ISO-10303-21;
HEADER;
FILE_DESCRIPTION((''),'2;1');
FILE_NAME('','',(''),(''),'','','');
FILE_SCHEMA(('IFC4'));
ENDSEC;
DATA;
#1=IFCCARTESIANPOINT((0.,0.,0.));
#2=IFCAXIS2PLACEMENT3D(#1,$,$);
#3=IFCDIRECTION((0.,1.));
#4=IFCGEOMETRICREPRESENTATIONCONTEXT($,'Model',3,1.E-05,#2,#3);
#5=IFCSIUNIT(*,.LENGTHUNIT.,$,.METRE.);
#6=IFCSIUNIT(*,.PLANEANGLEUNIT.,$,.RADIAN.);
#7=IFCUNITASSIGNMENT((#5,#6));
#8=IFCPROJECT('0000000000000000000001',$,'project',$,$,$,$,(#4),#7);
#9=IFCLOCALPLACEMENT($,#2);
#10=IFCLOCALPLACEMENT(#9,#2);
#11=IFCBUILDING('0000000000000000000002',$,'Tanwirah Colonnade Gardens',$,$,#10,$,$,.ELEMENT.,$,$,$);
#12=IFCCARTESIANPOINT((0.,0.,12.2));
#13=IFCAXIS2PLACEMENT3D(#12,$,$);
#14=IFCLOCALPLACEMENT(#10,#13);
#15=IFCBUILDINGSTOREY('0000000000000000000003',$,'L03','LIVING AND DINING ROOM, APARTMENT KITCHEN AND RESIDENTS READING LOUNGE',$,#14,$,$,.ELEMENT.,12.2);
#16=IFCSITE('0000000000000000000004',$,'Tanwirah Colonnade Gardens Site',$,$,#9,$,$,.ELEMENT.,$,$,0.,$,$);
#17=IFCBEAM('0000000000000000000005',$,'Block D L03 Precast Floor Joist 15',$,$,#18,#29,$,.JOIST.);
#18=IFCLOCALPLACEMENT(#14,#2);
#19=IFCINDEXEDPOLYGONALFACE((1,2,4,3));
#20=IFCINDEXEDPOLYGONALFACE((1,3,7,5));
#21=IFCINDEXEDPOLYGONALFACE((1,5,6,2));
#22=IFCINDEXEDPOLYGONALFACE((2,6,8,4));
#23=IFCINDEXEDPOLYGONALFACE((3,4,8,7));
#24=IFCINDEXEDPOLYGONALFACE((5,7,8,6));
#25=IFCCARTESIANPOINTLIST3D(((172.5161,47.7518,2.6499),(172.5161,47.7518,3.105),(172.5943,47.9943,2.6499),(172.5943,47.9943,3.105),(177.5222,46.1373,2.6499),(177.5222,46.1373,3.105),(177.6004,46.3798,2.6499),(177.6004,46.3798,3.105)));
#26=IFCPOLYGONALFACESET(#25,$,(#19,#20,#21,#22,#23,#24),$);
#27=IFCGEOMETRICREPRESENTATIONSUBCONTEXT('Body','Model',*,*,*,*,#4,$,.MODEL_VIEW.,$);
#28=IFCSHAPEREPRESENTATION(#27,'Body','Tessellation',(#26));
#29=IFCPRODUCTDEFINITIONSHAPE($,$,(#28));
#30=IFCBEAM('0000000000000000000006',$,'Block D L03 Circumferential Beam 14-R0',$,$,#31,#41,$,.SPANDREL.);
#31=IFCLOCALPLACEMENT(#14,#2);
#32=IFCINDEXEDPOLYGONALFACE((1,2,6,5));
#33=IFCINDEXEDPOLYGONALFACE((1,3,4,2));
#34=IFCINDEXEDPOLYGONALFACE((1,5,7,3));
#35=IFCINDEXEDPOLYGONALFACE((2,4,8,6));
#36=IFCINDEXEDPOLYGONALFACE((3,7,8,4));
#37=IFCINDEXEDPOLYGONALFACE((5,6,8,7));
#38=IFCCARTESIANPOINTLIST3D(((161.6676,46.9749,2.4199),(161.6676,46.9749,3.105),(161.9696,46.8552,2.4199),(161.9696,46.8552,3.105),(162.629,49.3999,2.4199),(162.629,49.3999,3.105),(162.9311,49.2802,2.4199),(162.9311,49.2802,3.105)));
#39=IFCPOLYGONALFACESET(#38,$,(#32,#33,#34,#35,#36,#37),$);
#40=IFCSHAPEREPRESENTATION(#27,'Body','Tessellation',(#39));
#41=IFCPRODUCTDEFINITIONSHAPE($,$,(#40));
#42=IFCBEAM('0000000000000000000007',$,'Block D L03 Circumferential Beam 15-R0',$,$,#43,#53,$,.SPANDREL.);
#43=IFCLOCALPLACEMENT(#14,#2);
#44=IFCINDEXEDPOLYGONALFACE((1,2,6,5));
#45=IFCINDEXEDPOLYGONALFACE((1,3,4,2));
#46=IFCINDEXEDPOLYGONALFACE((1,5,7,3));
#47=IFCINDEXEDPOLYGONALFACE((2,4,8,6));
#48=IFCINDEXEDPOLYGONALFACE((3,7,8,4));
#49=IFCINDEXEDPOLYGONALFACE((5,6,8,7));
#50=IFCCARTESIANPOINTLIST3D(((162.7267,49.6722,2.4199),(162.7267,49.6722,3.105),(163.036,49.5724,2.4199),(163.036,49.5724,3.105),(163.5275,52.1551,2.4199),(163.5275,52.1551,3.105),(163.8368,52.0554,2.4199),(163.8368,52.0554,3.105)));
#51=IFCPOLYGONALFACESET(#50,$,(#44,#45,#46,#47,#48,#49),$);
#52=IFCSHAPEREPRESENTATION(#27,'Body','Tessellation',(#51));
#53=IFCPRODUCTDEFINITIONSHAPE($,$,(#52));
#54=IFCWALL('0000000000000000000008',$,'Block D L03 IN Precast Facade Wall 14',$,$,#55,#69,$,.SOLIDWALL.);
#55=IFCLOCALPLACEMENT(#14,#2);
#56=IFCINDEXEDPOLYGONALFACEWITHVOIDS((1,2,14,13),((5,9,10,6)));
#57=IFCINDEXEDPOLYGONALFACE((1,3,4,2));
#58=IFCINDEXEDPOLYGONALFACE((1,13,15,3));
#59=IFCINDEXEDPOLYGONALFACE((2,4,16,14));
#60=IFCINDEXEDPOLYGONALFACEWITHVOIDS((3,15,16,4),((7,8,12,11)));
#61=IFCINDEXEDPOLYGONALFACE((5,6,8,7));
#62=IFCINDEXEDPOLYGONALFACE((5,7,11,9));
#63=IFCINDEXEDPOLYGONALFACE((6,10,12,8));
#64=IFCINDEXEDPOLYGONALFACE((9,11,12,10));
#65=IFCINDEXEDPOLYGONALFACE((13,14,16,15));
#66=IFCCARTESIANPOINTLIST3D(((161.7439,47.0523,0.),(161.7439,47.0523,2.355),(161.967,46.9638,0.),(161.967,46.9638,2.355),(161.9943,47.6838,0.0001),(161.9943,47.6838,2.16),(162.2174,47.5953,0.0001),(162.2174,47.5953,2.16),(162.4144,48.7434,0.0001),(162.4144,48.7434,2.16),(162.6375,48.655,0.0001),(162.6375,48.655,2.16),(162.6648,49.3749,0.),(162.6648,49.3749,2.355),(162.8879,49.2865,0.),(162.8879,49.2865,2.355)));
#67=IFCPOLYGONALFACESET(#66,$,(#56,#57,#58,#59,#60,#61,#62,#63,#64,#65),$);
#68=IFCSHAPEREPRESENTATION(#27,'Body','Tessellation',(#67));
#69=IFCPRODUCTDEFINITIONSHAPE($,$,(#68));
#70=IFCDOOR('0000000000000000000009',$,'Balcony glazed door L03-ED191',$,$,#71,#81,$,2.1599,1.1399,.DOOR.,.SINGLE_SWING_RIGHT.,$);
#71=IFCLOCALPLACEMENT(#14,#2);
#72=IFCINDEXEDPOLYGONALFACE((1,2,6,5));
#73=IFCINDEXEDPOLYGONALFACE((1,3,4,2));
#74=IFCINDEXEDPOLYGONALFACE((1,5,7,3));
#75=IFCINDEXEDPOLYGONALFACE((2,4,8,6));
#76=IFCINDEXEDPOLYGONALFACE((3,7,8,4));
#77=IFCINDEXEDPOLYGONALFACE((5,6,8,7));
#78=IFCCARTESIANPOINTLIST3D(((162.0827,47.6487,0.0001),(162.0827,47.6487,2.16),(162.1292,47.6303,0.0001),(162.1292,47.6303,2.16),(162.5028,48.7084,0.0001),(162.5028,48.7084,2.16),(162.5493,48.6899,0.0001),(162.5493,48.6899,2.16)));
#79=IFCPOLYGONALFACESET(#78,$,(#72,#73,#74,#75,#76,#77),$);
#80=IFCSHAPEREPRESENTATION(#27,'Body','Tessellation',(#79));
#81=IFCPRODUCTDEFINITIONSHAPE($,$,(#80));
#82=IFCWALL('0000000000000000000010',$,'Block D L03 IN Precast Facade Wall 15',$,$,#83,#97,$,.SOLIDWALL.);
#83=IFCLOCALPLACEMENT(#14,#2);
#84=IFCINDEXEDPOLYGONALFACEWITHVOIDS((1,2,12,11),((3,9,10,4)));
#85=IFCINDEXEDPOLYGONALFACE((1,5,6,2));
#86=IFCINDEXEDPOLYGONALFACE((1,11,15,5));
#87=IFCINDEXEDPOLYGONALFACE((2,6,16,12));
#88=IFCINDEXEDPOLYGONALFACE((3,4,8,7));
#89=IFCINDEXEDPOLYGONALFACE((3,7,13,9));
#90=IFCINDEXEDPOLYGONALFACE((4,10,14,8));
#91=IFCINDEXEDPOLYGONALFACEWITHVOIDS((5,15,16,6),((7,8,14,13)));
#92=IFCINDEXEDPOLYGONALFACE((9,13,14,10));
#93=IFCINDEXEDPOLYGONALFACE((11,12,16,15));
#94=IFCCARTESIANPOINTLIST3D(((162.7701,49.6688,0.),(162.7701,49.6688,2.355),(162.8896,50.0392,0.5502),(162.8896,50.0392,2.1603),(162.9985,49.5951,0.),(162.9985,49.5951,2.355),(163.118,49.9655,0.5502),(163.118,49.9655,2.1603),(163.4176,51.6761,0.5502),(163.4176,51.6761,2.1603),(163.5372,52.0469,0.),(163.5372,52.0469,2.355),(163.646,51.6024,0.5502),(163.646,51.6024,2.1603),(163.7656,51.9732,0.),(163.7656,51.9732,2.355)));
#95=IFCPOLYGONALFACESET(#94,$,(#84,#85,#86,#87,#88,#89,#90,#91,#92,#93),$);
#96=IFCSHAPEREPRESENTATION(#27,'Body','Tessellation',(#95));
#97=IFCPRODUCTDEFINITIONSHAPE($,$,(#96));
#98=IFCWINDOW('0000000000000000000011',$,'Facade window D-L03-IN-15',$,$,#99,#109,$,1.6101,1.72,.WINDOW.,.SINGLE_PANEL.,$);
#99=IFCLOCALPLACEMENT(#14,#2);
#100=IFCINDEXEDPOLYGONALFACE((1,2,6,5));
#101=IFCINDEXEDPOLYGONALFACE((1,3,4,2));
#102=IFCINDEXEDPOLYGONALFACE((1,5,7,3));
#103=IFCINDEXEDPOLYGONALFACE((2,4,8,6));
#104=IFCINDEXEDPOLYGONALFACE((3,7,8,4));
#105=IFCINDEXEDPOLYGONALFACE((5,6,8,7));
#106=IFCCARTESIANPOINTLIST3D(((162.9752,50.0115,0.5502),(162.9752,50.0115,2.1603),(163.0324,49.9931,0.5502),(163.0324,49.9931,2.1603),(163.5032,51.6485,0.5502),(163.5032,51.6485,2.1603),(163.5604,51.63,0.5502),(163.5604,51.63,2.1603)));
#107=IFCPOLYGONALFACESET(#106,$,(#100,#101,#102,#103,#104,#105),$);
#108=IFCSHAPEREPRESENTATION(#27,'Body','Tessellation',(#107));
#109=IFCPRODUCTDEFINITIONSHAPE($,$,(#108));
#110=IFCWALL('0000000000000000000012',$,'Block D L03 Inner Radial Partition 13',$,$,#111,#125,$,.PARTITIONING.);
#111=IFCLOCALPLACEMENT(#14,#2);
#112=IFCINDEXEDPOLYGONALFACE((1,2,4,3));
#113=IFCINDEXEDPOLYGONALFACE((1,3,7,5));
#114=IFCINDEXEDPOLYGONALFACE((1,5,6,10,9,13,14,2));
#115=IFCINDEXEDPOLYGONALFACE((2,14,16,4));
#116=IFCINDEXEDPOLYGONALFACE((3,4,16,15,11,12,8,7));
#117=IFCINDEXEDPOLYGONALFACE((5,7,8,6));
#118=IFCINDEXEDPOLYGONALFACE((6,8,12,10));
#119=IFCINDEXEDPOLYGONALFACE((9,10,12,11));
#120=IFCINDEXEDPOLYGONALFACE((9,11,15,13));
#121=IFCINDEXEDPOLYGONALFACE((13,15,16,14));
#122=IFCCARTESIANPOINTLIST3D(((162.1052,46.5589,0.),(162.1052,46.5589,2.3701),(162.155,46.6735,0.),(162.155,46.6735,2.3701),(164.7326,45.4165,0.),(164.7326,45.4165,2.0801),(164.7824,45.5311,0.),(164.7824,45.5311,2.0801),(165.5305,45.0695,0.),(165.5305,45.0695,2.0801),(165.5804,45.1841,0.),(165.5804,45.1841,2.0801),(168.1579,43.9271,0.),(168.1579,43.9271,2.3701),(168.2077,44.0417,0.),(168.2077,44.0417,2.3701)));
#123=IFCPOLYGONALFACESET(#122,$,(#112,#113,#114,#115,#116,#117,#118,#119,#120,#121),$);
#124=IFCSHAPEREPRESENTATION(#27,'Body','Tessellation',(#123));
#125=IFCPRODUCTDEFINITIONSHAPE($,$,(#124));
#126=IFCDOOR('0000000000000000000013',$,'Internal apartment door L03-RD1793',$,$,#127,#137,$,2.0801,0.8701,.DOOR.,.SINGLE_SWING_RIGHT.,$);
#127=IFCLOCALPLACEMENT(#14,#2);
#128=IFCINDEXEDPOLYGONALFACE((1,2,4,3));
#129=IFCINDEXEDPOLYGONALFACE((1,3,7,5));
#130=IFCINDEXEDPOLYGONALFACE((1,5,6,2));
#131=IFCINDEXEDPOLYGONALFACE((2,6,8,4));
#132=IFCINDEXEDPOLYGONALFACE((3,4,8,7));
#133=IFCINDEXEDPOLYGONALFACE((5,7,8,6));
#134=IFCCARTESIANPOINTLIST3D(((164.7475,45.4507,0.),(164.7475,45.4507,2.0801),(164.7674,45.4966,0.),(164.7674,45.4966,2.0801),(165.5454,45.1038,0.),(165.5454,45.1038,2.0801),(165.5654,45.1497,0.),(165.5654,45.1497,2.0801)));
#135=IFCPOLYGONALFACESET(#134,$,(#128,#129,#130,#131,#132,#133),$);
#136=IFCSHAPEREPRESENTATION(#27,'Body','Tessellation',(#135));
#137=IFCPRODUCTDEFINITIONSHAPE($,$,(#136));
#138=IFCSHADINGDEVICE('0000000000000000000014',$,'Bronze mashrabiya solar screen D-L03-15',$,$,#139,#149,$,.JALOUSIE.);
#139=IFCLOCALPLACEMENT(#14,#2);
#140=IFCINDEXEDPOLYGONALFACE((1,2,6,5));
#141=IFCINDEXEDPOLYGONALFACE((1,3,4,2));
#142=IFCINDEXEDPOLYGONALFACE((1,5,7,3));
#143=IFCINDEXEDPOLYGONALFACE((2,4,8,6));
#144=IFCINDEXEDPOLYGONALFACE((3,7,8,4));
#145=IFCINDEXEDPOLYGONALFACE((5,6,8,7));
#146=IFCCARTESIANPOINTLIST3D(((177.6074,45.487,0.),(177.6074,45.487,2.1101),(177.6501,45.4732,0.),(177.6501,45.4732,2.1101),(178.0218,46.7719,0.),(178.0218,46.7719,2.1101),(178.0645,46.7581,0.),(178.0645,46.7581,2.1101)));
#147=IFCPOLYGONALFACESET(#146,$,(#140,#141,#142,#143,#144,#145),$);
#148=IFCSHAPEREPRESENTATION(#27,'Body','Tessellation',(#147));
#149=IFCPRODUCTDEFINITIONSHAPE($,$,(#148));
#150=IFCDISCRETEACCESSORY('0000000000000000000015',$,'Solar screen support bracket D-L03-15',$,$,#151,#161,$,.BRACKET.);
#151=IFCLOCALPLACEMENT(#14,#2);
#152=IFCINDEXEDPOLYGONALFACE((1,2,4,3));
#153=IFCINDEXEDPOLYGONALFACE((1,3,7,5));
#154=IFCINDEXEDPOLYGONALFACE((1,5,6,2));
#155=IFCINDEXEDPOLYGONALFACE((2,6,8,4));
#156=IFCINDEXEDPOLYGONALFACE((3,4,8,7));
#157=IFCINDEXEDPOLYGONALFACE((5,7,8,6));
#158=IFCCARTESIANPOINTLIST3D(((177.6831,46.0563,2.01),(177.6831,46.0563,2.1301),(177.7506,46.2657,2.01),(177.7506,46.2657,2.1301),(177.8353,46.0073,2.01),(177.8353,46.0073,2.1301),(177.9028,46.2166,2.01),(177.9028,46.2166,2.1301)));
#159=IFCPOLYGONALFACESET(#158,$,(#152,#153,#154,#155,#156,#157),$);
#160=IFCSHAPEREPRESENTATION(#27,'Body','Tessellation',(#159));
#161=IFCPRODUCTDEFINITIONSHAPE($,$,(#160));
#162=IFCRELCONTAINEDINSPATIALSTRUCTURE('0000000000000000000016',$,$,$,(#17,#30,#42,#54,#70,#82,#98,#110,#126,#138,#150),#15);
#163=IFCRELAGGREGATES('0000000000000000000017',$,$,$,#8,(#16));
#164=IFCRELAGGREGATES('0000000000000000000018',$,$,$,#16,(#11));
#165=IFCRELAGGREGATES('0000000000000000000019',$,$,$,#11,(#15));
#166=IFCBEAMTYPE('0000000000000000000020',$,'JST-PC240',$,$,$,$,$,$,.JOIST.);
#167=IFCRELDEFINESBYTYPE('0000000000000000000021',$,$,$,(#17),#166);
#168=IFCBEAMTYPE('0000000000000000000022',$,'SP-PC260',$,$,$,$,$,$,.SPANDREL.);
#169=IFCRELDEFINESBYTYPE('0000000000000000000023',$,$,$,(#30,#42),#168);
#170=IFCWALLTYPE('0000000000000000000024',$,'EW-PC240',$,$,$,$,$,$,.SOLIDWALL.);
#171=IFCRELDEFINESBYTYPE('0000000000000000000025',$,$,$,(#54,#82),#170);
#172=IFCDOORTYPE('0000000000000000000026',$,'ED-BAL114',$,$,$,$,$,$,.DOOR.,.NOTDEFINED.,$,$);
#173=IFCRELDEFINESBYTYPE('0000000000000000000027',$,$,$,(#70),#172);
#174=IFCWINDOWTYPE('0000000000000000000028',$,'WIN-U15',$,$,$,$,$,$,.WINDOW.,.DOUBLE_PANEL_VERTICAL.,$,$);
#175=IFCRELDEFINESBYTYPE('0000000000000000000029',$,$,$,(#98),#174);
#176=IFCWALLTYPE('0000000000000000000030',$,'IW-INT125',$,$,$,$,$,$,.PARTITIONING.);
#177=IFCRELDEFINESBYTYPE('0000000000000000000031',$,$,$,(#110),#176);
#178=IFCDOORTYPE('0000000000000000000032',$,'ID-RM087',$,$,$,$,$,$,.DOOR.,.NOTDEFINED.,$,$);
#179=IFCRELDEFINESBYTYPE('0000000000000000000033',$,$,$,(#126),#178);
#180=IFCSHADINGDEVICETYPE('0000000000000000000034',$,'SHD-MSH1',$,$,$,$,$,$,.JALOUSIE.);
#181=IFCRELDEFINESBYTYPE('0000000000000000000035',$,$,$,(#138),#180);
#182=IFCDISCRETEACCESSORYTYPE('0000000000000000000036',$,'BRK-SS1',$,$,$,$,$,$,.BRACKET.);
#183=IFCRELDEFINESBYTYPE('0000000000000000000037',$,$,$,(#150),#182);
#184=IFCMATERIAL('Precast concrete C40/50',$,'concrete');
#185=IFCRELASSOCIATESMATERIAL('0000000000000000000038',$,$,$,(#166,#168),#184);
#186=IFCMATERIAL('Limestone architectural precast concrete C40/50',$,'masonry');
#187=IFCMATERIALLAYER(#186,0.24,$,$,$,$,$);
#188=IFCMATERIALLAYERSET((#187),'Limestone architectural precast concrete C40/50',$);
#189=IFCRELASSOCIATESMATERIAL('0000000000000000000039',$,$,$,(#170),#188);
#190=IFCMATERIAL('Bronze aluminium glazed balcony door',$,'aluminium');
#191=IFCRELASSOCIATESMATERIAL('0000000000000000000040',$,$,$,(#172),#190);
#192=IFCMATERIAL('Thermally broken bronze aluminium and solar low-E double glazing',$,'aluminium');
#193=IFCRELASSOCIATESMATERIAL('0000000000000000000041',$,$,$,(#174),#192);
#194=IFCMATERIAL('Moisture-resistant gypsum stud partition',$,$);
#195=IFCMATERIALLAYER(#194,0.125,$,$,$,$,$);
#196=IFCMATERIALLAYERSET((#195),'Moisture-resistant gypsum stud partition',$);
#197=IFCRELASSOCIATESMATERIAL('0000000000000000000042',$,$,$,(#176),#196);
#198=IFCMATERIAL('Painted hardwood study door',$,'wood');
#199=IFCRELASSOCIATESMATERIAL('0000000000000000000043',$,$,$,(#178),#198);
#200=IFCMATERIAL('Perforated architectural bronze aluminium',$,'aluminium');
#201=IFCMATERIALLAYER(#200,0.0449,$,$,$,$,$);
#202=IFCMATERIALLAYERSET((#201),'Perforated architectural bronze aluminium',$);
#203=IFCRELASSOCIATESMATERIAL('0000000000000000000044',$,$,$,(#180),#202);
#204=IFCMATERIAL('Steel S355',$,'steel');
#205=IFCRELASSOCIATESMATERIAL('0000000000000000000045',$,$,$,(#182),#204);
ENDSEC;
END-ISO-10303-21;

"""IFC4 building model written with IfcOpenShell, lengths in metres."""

from ifc_helpers import new_model, si_unit, direction, frame, frame_2d, origin, origin_2d, place, context, subcontext, project, spatial, rectangle, extrude, material, layer, layer_set, material_profile, profile_set, type_object, element, fill, save


model = new_model("IFC4")

# Units and contexts
model_context = context("Model", 3, precision=1e-05, world=origin(), true_north=direction((0.0, 1.0)))
body_context = subcontext(model_context, "Body", "Model", "MODEL_VIEW")
ifc_project = project(units=[si_unit("LENGTHUNIT", "METRE"), si_unit("PLANEANGLEUNIT", "RADIAN")], contexts=[model_context])

# Site, building, storey
site_placement = place(None, origin())
site = spatial("IfcSite", under=ifc_project, at=site_placement, Name="Tanwirah Colonnade Gardens Site", CompositionType="ELEMENT", RefElevation=0.0)
building_placement = place(site_placement, origin())
building = spatial("IfcBuilding", under=site, at=building_placement, Name="Tanwirah Colonnade Gardens", CompositionType="ELEMENT")
storey_placement = place(building_placement, frame((0.0, 0.0, 12.2)))
storey = spatial("IfcBuildingStorey", under=building, at=storey_placement, Name="L03", Description="LIVING AND DINING ROOM, APARTMENT KITCHEN AND RESIDENTS READING LOUNGE", CompositionType="ELEMENT", Elevation=12.2)

# Shared definitions
ifc_material_1 = material(Name="Precast concrete C40/50", Category="concrete")

# Beams
ifc_material_profile_1 = material_profile(ifc_material_1, rectangle(XDim=0.2549, YDim=0.4551, at=origin_2d()), Name="PC-JST 255x455")
ifc_profile_set_1 = profile_set([ifc_material_profile_1], Name="Precast concrete C40/50")
beam_type_1 = type_object("IfcBeamType", Name="JST-PC240", PredefinedType="JOIST", material=ifc_profile_set_1)
beam_1_placement = place(storey_placement, frame((172.5552, 47.873, 2.8774), z_axis=(0.951729, -0.306939, 0.0), x_axis=(0.306939, 0.951729, 0.0)))
element("IfcBeam", 1, at=beam_1_placement, inside=storey, type_object=beam_type_1, Name="Block D L03 Precast Floor Joist 15", PredefinedType="JOIST", context=body_context, shape_type="SweptSolid", body=[
    extrude(rectangle(XDim=0.2549, YDim=0.4551, at=origin_2d()), origin(), (0.0, 0.0, 1.0), 5.26),
])
ifc_material_profile_2 = material_profile(ifc_material_1, rectangle(XDim=0.325, YDim=0.6851, at=origin_2d()), Name="PC-SP 325x685")
ifc_profile_set_2 = profile_set([ifc_material_profile_2], Name="Precast concrete C40/50")
beam_type_2 = type_object("IfcBeamType", Name="SP-PC260", PredefinedType="SPANDREL", material=ifc_profile_set_2)
beam_2_placement = place(storey_placement, frame((161.8186, 46.915, 2.7625), z_axis=(0.368549, 0.929608, 0.0), x_axis=(-0.929608, 0.368549, 0.0)))
element("IfcBeam", 2, at=beam_2_placement, inside=storey, type_object=beam_type_2, Name="Block D L03 Circumferential Beam 14-R0", PredefinedType="SPANDREL", context=body_context, shape_type="SweptSolid", body=[
    extrude(rectangle(XDim=0.325, YDim=0.6851, at=origin_2d()), origin(), (0.0, 0.0, 1.0), 2.6086),
])
beam_3_placement = place(storey_placement, frame((162.8813, 49.6223, 2.7625), z_axis=(0.306948, 0.951726, 0.0), x_axis=(-0.951726, 0.306948, 0.0)))
element("IfcBeam", 3, at=beam_3_placement, inside=storey, type_object=beam_type_2, Name="Block D L03 Circumferential Beam 15-R0", PredefinedType="SPANDREL", context=body_context, shape_type="SweptSolid", body=[
    extrude(rectangle(XDim=0.325, YDim=0.6851, at=origin_2d()), origin(), (0.0, 0.0, 1.0), 2.6089),
])

# Wall, opening, door
ifc_material_2 = material(Name="Limestone architectural precast concrete C40/50", Category="masonry")
ifc_layer_1 = layer(ifc_material_2, 0.24)
ifc_layer_set_1 = layer_set([ifc_layer_1], Name="Limestone architectural precast concrete C40/50")
wall_type_1 = type_object("IfcWallType", Name="EW-PC240", PredefinedType="SOLIDWALL", material=ifc_layer_set_1)
wall_1_placement = place(storey_placement, frame((161.8555, 47.0081, 0.0), z_axis=(0.0, 0.0, 1.0), x_axis=(0.368559, 0.929604, 0.0)))
wall_1 = element("IfcWall", 4, at=wall_1_placement, inside=storey, type_object=wall_type_1, Name="Block D L03 IN Precast Facade Wall 14", PredefinedType="SOLIDWALL", context=body_context, shape_type="SweptSolid", body=[
    extrude(rectangle(XDim=2.4985, YDim=0.24, at=frame_2d((1.2493, 0.0))), origin(), (0.0, 0.0, 1.0), 2.355),
])
opening_1_placement = place(wall_1_placement, frame((0.6794, 0.0, 0.0)))
opening_1 = element("IfcOpeningElement", 5, at=opening_1_placement, cuts=wall_1, PredefinedType="OPENING", context=body_context, shape_type="SweptSolid", body=[
    extrude(rectangle(XDim=1.1399, YDim=2.1599, at=frame_2d((0.5698, 1.0801))), frame((0.0, 0.1299, 0.0), z_axis=(0.0, -1.0, 0.0), x_axis=(1.0, 0.0, 0.0)), (0.0, 0.0, 1.0), 0.26),
])
ifc_material_3 = material(Name="Bronze aluminium glazed balcony door", Category="aluminium")
door_type_1 = type_object("IfcDoorType", Name="ED-BAL114", OperationType="NOTDEFINED", PredefinedType="DOOR", material=ifc_material_3)
door_1_placement = place(opening_1_placement, origin())
door_1 = element("IfcDoor", 6, at=door_1_placement, inside=storey, type_object=door_type_1, Name="Balcony glazed door L03-ED191", OperationType="SINGLE_SWING_RIGHT", OverallHeight=2.1599, OverallWidth=1.1399, PredefinedType="DOOR", context=body_context, shape_type="SweptSolid", body=[
    extrude(rectangle(XDim=1.1399, YDim=2.1599, at=frame_2d((0.5698, 1.0801))), frame((0.0, 0.0249, 0.0), z_axis=(0.0, -1.0, 0.0), x_axis=(1.0, 0.0, 0.0)), (0.0, 0.0, 1.0), 0.05),
])
fill(opening_1, door_1)

# Wall, opening, window
wall_2_placement = place(storey_placement, frame((162.8843, 49.6318, 0.0), z_axis=(0.0, 0.0, 1.0), x_axis=(0.30698, 0.951716, 0.0)))
wall_2 = element("IfcWall", 7, at=wall_2_placement, inside=storey, type_object=wall_type_1, Name="Block D L03 IN Precast Facade Wall 15", PredefinedType="SOLIDWALL", context=body_context, shape_type="SweptSolid", body=[
    extrude(rectangle(XDim=2.4988, YDim=0.24, at=frame_2d((1.2495, 0.0))), origin(), (0.0, 0.0, 1.0), 2.355),
])
opening_2_placement = place(wall_2_placement, frame((0.3894, 0.0, 0.55)))
opening_2 = element("IfcOpeningElement", 8, at=opening_2_placement, cuts=wall_2, PredefinedType="OPENING", context=body_context, shape_type="SweptSolid", body=[
    extrude(rectangle(XDim=1.72, YDim=1.6101, at=frame_2d((0.8599, 0.8052))), frame((0.0, 0.1299, 0.0), z_axis=(0.0, -1.0, 0.0), x_axis=(1.0, 0.0, 0.0)), (0.0, 0.0, 1.0), 0.26),
])
ifc_material_4 = material(Name="Thermally broken bronze aluminium and solar low-E double glazing", Category="aluminium")
window_type = type_object("IfcWindowType", Name="WIN-U15", PartitioningType="DOUBLE_PANEL_VERTICAL", PredefinedType="WINDOW", material=ifc_material_4)
window_placement = place(opening_2_placement, origin())
window = element("IfcWindow", 9, at=window_placement, inside=storey, type_object=window_type, Name="Facade window D-L03-IN-15", OverallHeight=1.6101, OverallWidth=1.72, PartitioningType="SINGLE_PANEL", PredefinedType="WINDOW", context=body_context, shape_type="SweptSolid", body=[
    extrude(rectangle(XDim=1.72, YDim=1.6101, at=frame_2d((0.8599, 0.8052))), frame((0.0, 0.03, 0.0), z_axis=(0.0, -1.0, 0.0), x_axis=(1.0, 0.0, 0.0)), (0.0, 0.0, 1.0), 0.0601),
])
fill(opening_2, window)

# Wall, opening, door
ifc_material_5 = material(Name="Moisture-resistant gypsum stud partition")
ifc_layer_2 = layer(ifc_material_5, 0.125)
ifc_layer_set_2 = layer_set([ifc_layer_2], Name="Moisture-resistant gypsum stud partition")
wall_type_2 = type_object("IfcWallType", Name="IW-INT125", PredefinedType="PARTITIONING", material=ifc_layer_set_2)
wall_3_placement = place(storey_placement, frame((162.1301, 46.6162, 0.0), z_axis=(0.0, 0.0, 1.0), x_axis=(0.917058, -0.398753, 0.0)))
wall_3 = element("IfcWall", 10, at=wall_3_placement, inside=storey, type_object=wall_type_2, Name="Block D L03 Inner Radial Partition 13", PredefinedType="PARTITIONING", context=body_context, shape_type="SweptSolid", body=[
    extrude(rectangle(XDim=6.6001, YDim=0.125, at=frame_2d((3.3, 0.0))), origin(), (0.0, 0.0, 1.0), 2.3701),
])
opening_3_placement = place(wall_3_placement, frame((2.865, 0.0, 0.0)))
opening_3 = element("IfcOpeningElement", 11, at=opening_3_placement, cuts=wall_3, PredefinedType="OPENING", context=body_context, shape_type="SweptSolid", body=[
    extrude(rectangle(XDim=0.8701, YDim=2.0801, at=frame_2d((0.4351, 1.04))), frame((0.0, 0.0725, 0.0), z_axis=(0.0, -1.0, 0.0), x_axis=(1.0, 0.0, 0.0)), (0.0, 0.0, 1.0), 0.145),
])
ifc_material_6 = material(Name="Painted hardwood study door", Category="wood")
door_type_2 = type_object("IfcDoorType", Name="ID-RM087", OperationType="NOTDEFINED", PredefinedType="DOOR", material=ifc_material_6)
door_2_placement = place(opening_3_placement, origin())
door_2 = element("IfcDoor", 12, at=door_2_placement, inside=storey, type_object=door_type_2, Name="Internal apartment door L03-RD1793", OperationType="SINGLE_SWING_RIGHT", OverallHeight=2.0801, OverallWidth=0.8701, PredefinedType="DOOR", context=body_context, shape_type="SweptSolid", body=[
    extrude(rectangle(XDim=0.8701, YDim=2.0801, at=frame_2d((0.4351, 1.04))), frame((0.0, 0.0249, 0.0), z_axis=(0.0, -1.0, 0.0), x_axis=(1.0, 0.0, 0.0)), (0.0, 0.0, 1.0), 0.05),
])
fill(opening_3, door_2)

# Shading device
ifc_material_7 = material(Name="Perforated architectural bronze aluminium", Category="aluminium")
ifc_layer_3 = layer(ifc_material_7, 0.0449)
ifc_layer_set_3 = layer_set([ifc_layer_3], Name="Perforated architectural bronze aluminium")
shading_device_type = type_object("IfcShadingDeviceType", Name="SHD-MSH1", PredefinedType="JALOUSIE", material=ifc_layer_set_3)
shading_device_placement = place(storey_placement, frame((177.8359, 46.1226, 0.0), z_axis=(0.0, 0.0, 1.0), x_axis=(0.306943, 0.951728, 0.0)))
element("IfcShadingDevice", 13, at=shading_device_placement, inside=storey, type_object=shading_device_type, Name="Bronze mashrabiya solar screen D-L03-15", PredefinedType="JALOUSIE", context=body_context, shape_type="SweptSolid", body=[
    extrude(rectangle(XDim=1.3501, YDim=0.0449, at=origin_2d()), origin(), (0.0, 0.0, 1.0), 2.1101),
])

# Discrete accessory
ifc_material_8 = material(Name="Steel S355", Category="steel")
discrete_accessory_type = type_object("IfcDiscreteAccessoryType", Name="BRK-SS1", PredefinedType="BRACKET", material=ifc_material_8)
discrete_accessory_placement = place(storey_placement, frame((177.793, 46.1365, 2.01), z_axis=(0.0, 0.0, 1.0), x_axis=(0.306943, 0.951728, 0.0)))
element("IfcDiscreteAccessory", 14, at=discrete_accessory_placement, inside=storey, type_object=discrete_accessory_type, Name="Solar screen support bracket D-L03-15", PredefinedType="BRACKET", context=body_context, shape_type="SweptSolid", body=[
    extrude(rectangle(XDim=0.22, YDim=0.1599, at=origin_2d()), origin(), (0.0, 0.0, 1.0), 0.1201),
])

save(model, "model.ifc")
